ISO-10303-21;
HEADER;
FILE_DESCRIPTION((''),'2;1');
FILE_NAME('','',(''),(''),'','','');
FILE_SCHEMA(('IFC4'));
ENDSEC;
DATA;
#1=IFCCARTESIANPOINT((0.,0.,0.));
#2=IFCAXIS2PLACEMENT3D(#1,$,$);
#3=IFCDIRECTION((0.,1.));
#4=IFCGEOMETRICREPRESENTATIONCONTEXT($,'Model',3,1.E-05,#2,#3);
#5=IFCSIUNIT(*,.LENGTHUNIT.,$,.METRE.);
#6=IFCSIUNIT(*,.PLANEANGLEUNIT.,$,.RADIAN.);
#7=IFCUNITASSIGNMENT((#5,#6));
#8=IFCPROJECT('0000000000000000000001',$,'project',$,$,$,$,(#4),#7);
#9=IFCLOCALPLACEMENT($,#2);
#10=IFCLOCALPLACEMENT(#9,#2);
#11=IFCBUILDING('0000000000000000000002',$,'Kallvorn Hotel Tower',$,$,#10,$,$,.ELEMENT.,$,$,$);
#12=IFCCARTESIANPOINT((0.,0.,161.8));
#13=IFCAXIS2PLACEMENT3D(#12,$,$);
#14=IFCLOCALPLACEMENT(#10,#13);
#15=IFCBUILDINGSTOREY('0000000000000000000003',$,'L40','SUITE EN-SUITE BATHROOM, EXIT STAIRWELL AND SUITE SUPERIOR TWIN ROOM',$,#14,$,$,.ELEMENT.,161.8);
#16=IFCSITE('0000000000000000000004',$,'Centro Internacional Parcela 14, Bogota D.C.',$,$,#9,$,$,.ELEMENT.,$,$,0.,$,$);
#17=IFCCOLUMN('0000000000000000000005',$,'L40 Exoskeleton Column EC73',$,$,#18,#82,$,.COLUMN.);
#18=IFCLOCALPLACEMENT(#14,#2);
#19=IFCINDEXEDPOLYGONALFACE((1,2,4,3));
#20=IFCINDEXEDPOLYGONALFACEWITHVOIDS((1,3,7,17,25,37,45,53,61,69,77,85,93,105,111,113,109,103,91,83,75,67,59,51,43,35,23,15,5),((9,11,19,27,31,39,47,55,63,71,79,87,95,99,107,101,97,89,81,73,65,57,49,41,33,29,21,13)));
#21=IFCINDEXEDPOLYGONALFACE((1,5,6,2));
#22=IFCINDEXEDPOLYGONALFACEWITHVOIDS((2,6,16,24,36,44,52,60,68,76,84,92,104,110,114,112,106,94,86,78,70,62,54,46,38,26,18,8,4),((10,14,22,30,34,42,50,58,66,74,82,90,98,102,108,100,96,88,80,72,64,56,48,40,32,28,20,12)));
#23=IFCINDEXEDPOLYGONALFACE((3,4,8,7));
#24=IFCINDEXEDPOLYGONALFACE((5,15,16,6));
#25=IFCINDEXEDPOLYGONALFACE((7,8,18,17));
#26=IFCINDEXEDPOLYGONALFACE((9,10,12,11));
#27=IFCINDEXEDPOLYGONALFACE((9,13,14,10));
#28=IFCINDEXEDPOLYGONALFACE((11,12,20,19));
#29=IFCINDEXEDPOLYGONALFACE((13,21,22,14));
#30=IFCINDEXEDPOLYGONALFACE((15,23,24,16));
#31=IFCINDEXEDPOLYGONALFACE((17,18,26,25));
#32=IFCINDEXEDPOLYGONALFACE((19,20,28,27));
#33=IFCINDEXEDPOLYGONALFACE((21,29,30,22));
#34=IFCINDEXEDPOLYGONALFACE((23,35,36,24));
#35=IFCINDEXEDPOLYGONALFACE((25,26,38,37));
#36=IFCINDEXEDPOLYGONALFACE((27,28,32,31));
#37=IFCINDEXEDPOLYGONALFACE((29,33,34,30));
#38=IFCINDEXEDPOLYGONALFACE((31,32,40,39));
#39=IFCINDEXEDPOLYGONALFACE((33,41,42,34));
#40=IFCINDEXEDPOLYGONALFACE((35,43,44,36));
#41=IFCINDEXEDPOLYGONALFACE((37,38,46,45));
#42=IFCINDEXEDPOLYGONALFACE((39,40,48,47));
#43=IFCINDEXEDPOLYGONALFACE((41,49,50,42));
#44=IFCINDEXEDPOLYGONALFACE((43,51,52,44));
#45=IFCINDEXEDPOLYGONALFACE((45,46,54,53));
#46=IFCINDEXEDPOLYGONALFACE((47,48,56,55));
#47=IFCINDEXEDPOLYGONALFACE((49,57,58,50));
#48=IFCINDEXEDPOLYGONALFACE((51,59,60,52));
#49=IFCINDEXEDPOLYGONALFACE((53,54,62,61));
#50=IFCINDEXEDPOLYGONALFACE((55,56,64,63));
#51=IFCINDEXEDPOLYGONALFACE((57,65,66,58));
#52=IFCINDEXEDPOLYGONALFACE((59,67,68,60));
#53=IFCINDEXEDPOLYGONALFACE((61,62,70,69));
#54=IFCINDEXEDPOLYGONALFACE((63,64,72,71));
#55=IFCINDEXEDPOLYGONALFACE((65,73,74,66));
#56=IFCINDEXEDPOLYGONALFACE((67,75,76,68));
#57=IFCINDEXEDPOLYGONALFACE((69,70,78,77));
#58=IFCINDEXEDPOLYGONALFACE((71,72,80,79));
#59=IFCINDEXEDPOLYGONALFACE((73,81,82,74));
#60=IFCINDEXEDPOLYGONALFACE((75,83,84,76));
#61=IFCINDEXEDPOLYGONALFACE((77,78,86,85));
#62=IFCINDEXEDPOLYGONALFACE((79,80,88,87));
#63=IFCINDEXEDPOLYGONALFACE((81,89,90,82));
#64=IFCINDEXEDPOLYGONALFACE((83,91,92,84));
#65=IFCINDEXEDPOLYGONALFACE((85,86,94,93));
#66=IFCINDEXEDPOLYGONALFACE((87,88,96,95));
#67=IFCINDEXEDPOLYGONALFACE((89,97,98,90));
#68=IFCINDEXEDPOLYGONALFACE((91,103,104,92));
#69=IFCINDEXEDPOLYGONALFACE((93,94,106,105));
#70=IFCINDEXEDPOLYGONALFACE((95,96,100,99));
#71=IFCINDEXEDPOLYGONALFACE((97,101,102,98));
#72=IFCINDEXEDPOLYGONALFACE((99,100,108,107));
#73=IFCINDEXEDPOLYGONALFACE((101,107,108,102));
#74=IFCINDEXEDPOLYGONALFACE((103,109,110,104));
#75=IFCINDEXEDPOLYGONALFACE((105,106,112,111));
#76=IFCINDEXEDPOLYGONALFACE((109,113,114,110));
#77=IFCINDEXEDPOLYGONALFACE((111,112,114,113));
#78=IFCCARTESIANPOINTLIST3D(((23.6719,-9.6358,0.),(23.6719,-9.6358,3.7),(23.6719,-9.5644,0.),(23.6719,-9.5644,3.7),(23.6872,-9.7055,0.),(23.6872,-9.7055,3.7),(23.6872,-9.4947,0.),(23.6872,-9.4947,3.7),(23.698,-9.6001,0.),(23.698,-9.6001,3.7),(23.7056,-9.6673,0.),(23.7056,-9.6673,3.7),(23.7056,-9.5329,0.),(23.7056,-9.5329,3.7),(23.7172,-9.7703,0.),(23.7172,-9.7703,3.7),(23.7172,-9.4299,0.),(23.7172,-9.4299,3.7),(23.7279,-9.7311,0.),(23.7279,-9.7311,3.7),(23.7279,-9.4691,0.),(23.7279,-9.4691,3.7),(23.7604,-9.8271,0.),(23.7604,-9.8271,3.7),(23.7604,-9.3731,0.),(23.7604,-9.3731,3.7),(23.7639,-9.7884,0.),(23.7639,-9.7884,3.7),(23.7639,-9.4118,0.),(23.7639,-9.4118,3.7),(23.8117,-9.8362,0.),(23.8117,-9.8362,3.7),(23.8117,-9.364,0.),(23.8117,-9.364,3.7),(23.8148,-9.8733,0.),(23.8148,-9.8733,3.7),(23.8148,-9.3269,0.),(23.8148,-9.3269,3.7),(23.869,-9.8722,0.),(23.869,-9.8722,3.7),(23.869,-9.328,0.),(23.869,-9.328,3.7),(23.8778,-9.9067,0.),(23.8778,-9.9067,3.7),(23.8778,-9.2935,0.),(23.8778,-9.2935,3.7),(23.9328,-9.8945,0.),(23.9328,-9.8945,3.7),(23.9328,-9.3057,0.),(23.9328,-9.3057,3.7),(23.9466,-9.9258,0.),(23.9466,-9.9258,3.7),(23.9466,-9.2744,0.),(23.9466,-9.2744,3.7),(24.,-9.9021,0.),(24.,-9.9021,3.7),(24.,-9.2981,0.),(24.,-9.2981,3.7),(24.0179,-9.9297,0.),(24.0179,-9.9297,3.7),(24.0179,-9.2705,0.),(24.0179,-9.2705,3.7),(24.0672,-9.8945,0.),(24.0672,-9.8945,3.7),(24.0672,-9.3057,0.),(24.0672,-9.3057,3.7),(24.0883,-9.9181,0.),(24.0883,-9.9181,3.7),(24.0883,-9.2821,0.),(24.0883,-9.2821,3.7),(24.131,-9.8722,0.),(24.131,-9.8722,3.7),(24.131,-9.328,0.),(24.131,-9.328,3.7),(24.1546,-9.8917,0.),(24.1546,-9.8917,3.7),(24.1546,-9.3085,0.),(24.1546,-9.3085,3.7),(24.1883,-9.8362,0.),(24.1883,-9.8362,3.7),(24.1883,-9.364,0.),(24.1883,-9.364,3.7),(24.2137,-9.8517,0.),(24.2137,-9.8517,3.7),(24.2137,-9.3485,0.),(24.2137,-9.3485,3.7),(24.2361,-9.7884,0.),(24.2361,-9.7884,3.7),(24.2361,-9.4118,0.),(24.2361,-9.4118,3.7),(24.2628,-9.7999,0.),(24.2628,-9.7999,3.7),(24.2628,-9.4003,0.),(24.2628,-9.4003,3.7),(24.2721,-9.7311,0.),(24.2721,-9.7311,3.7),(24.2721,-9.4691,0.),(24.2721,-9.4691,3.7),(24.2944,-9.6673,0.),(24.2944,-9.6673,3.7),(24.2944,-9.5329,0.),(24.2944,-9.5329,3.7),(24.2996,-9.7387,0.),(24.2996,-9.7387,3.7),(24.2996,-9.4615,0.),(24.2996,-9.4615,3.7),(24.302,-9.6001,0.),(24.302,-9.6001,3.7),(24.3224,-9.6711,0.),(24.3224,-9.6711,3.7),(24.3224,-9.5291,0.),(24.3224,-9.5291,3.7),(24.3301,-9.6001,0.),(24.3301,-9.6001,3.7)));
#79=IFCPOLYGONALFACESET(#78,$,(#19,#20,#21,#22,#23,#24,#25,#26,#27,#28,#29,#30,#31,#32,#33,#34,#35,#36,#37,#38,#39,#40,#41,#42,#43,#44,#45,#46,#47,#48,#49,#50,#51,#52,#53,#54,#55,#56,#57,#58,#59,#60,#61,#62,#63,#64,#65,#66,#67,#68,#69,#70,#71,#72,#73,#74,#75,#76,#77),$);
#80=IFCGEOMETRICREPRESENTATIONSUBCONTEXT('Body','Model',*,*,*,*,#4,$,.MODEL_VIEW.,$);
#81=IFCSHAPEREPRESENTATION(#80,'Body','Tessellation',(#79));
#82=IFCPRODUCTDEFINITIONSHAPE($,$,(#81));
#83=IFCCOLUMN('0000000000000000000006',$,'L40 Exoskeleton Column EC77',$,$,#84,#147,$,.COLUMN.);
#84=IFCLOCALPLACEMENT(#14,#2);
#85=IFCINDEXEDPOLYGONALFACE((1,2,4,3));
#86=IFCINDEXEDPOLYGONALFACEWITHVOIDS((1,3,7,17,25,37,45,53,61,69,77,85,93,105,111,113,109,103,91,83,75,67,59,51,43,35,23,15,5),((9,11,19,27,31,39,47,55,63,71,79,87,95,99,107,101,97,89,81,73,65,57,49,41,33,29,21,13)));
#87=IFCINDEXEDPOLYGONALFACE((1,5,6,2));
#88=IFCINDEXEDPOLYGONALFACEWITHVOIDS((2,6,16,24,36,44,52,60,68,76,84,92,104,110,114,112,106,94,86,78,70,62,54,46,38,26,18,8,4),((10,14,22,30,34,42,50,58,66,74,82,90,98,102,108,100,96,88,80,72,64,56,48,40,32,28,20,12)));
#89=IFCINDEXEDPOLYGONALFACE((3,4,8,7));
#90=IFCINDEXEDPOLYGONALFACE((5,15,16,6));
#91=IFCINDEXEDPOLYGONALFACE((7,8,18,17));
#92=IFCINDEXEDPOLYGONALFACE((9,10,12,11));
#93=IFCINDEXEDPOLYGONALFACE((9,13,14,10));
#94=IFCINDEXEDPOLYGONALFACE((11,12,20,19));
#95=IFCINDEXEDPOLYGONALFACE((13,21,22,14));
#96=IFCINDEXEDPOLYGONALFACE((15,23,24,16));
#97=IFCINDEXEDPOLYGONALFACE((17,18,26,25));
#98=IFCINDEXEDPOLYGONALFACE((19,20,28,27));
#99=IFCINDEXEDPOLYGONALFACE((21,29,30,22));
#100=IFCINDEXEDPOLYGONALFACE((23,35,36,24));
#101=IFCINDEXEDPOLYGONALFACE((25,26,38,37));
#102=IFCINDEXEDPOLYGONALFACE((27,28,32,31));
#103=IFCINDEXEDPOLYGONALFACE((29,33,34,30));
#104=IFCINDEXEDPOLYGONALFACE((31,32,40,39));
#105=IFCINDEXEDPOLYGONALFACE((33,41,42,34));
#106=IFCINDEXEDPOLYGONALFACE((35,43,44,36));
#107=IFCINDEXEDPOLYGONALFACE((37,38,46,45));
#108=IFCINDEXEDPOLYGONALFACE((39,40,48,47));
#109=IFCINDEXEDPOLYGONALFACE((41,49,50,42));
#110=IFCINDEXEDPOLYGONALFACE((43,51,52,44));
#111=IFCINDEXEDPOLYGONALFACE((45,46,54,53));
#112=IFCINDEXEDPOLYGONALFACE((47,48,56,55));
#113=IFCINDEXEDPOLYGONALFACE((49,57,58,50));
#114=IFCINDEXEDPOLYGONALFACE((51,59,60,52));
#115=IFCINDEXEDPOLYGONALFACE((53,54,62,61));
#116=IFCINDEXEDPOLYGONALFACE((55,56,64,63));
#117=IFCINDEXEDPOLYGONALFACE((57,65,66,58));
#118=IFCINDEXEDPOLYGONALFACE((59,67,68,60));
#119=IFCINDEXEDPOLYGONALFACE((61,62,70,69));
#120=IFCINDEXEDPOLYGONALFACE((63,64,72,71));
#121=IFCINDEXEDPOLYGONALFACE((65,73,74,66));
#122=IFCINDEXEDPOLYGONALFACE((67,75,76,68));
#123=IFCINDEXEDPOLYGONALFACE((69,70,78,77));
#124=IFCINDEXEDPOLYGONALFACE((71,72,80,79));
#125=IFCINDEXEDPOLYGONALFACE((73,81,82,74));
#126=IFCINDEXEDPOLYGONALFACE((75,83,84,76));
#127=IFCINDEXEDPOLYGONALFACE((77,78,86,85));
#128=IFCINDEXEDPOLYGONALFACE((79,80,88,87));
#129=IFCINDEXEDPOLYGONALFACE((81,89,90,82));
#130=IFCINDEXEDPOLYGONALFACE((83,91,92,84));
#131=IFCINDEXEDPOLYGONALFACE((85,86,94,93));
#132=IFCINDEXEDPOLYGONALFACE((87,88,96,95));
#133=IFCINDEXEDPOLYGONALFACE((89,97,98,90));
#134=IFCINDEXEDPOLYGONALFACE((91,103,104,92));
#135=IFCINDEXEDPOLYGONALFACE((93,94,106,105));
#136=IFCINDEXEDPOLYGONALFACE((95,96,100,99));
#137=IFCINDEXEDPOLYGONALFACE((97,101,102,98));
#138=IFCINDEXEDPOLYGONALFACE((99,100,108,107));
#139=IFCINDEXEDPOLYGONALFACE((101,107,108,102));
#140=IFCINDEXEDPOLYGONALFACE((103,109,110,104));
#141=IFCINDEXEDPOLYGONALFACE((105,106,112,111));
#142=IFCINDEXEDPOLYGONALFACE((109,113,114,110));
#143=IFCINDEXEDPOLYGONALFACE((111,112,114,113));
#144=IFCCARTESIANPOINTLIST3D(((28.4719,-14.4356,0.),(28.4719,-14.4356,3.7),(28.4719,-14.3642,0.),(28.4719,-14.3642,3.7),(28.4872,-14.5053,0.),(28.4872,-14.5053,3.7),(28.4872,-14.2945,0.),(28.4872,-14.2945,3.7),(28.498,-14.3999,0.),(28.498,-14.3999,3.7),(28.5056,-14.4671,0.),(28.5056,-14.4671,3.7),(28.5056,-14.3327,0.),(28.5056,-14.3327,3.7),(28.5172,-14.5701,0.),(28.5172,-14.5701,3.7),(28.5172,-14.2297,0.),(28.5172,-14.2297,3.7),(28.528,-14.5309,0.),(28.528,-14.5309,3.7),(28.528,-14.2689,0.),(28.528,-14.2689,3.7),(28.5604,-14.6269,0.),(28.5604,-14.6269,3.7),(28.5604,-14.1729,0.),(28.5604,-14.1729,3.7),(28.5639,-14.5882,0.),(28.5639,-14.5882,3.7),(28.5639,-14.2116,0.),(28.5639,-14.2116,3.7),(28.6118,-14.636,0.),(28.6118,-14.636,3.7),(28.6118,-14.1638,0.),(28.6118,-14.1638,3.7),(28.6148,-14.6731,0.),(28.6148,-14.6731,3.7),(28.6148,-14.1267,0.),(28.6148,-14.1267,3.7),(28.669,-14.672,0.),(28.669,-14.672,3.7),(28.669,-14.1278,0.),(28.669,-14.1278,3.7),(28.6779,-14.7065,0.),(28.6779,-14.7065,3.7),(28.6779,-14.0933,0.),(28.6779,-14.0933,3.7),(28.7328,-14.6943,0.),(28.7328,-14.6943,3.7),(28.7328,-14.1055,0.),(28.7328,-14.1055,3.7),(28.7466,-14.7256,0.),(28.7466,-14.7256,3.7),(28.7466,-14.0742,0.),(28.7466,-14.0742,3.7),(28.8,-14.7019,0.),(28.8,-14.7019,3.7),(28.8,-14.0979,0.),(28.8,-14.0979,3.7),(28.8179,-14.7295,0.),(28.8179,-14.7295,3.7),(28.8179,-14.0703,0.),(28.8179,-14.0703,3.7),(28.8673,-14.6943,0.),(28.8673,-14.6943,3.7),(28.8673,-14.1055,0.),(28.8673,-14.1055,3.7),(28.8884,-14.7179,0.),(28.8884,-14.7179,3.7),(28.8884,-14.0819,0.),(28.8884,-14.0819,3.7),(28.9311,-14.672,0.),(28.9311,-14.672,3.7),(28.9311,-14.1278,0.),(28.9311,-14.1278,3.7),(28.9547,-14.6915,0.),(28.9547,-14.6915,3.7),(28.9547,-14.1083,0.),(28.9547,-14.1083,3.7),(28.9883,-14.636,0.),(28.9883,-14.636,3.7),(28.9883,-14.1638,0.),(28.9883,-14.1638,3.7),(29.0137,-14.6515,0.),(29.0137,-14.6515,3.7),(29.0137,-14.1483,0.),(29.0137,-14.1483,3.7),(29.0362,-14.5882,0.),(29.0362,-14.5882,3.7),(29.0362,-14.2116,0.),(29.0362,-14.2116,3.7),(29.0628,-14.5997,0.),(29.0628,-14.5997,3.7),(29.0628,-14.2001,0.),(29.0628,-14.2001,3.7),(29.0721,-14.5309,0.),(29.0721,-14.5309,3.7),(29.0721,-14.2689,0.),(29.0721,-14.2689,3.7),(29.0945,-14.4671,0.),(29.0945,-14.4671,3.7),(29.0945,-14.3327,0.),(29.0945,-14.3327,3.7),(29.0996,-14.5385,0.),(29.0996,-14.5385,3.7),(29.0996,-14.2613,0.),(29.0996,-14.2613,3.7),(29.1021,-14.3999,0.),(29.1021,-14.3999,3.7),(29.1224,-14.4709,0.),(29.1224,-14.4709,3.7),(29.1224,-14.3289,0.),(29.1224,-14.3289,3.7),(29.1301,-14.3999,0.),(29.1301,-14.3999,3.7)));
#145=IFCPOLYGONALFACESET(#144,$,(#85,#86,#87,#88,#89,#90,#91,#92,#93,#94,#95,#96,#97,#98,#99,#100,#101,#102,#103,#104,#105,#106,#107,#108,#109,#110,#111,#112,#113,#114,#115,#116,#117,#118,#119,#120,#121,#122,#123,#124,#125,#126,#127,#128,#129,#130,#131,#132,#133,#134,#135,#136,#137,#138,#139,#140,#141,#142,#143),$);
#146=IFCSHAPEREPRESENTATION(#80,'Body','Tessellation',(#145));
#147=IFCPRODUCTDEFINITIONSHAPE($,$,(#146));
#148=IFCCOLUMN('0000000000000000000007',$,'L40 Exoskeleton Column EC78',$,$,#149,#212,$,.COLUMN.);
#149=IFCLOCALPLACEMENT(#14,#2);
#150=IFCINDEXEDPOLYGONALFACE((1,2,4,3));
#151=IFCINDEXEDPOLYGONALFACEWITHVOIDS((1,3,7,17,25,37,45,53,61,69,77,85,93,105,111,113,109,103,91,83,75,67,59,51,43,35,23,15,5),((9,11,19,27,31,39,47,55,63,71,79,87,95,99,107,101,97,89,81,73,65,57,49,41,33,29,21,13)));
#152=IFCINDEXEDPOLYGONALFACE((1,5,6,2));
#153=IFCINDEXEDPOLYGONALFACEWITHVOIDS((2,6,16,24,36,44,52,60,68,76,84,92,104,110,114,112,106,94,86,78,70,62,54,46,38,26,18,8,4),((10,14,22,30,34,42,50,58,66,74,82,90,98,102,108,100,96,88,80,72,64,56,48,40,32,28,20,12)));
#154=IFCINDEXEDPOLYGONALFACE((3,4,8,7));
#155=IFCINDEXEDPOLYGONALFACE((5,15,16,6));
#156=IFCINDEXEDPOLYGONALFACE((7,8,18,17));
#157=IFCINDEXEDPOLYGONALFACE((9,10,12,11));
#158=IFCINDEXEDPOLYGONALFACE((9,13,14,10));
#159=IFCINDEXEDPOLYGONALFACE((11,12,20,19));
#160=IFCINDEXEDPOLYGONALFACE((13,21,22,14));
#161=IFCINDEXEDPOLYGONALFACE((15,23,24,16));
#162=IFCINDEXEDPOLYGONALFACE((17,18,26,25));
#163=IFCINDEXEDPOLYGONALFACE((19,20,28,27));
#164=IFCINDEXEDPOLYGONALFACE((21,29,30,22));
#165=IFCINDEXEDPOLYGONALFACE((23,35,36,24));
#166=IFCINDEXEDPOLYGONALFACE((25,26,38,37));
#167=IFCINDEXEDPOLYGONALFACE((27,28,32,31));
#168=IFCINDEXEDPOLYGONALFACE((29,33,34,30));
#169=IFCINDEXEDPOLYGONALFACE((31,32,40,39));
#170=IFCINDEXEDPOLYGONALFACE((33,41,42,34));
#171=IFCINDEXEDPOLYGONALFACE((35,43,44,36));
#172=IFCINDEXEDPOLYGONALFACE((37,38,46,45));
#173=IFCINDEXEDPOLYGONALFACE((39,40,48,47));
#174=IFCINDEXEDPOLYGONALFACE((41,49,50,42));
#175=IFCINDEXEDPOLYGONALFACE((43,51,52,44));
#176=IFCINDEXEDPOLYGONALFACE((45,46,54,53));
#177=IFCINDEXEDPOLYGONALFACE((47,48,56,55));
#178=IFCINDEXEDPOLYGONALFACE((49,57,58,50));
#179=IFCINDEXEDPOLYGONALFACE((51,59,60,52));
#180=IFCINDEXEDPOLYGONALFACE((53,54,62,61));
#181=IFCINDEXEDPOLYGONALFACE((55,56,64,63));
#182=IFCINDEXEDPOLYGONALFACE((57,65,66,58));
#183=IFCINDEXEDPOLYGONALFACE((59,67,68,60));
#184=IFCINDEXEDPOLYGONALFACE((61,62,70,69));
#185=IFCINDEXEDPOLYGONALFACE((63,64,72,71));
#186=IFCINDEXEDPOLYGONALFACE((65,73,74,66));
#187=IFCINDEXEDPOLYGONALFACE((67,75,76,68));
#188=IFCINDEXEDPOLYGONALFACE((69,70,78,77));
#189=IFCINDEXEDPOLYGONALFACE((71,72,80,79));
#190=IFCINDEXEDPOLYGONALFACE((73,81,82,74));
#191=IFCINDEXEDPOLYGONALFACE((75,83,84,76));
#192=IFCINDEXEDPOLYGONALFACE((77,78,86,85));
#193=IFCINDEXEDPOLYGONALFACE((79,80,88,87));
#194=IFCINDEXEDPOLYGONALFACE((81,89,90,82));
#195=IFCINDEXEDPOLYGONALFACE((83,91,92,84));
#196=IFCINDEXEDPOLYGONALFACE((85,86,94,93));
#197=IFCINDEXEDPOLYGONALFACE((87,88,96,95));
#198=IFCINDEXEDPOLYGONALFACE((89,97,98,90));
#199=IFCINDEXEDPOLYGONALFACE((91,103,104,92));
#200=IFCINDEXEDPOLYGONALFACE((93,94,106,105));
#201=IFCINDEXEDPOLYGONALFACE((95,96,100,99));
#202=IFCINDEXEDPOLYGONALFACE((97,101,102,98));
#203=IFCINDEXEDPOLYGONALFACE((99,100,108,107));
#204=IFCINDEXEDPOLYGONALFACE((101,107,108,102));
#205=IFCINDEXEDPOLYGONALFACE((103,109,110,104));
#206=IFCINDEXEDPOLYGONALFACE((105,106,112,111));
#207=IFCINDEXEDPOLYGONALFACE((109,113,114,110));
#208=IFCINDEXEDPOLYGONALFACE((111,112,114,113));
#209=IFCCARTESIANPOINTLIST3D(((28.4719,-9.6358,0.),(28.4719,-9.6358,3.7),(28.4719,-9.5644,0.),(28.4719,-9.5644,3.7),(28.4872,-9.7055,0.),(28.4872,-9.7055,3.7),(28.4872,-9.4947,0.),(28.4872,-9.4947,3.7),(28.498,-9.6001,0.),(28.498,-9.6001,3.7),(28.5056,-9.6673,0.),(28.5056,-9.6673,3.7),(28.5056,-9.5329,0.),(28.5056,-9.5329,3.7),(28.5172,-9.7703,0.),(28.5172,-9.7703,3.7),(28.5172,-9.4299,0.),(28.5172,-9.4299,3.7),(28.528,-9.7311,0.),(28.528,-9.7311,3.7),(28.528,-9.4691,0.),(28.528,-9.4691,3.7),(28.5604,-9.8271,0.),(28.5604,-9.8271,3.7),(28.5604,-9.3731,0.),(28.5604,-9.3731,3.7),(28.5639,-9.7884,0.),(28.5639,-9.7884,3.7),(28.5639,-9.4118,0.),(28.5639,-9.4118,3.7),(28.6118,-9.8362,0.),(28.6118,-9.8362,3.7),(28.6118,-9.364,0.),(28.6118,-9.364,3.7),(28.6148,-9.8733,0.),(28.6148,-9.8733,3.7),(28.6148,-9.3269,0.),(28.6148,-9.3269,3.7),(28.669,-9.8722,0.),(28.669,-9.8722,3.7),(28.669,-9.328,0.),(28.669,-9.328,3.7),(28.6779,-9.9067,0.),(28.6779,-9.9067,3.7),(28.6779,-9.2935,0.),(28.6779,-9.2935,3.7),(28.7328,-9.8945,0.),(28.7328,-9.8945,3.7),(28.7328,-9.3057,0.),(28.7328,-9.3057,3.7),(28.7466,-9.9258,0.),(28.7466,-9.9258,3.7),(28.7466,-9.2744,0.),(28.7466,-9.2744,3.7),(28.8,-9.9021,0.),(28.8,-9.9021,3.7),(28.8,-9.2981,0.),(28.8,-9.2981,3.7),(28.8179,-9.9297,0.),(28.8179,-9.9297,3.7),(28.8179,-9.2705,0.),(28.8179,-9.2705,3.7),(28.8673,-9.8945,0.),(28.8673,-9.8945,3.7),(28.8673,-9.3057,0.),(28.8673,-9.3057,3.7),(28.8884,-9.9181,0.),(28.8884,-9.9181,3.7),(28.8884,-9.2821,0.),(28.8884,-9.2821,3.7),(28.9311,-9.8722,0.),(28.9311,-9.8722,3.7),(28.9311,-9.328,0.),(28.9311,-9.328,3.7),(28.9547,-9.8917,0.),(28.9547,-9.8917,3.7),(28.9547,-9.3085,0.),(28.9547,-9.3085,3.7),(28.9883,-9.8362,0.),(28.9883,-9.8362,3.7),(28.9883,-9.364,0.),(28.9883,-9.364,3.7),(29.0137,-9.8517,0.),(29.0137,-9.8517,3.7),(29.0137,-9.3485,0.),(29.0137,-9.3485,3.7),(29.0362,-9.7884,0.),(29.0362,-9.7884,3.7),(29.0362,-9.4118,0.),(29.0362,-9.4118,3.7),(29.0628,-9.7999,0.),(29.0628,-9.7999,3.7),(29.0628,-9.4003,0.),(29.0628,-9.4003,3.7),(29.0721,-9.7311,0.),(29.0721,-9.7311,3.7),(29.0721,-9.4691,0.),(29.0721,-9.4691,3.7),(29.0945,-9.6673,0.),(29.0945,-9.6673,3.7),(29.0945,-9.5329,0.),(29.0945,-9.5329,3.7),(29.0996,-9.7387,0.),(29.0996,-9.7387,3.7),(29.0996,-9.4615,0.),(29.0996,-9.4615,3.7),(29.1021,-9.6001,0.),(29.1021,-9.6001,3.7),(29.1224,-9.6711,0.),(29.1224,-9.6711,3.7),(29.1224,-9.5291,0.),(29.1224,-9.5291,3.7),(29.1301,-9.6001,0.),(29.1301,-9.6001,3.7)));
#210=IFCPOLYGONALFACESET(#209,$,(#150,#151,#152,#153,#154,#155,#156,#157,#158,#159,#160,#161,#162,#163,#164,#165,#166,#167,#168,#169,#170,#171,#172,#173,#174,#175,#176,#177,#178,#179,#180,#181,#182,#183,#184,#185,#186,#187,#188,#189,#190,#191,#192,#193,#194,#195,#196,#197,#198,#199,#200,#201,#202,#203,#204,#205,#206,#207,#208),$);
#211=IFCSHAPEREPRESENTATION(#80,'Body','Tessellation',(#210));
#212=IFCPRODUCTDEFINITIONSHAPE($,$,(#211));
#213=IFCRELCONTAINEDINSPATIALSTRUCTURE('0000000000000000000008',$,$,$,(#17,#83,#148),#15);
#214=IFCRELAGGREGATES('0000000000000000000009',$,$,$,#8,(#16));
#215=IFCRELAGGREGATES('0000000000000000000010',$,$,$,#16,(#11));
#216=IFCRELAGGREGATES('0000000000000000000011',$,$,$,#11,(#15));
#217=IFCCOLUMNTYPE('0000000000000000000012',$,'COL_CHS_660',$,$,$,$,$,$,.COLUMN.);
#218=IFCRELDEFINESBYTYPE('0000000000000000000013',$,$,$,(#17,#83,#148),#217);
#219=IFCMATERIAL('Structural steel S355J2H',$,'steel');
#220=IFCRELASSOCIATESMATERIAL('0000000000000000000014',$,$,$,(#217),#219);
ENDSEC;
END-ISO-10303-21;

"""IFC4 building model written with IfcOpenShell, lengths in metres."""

from ifc_helpers import new_model, si_unit, direction, frame, origin, origin_2d, place, context, subcontext, project, spatial, hollow_circle, extrude, material, material_profile, profile_set, type_object, element, save


model = new_model("IFC4")

# Units and contexts
model_context = context("Model", 3, precision=1e-05, world=origin(), true_north=direction((0.0, 1.0)))
body_context = subcontext(model_context, "Body", "Model", "MODEL_VIEW")
ifc_project = project(units=[si_unit("LENGTHUNIT", "METRE"), si_unit("PLANEANGLEUNIT", "RADIAN")], contexts=[model_context])

# Site, building, storey
site_placement = place(None, origin())
site = spatial("IfcSite", under=ifc_project, at=site_placement, Name="Centro Internacional Parcela 14, Bogota D.C.", CompositionType="ELEMENT", RefElevation=0.0)
building_placement = place(site_placement, origin())
building = spatial("IfcBuilding", under=site, at=building_placement, Name="Kallvorn Hotel Tower", CompositionType="ELEMENT")
storey_placement = place(building_placement, frame((0.0, 0.0, 161.8)))
storey = spatial("IfcBuildingStorey", under=building, at=storey_placement, Name="L40", Description="SUITE EN-SUITE BATHROOM, EXIT STAIRWELL AND SUITE SUPERIOR TWIN ROOM", CompositionType="ELEMENT", Elevation=161.8)

# Columns
ifc_material_1 = material(Name="Structural steel S355J2H", Category="steel")
ifc_material_profile_1 = material_profile(ifc_material_1, hollow_circle(Radius=0.3301, WallThickness=0.0281, at=origin_2d()), Name="CHS 660x28")
ifc_profile_set_1 = profile_set([ifc_material_profile_1], Name="Structural steel S355J2H")
column_type_1 = type_object("IfcColumnType", Name="COL_CHS_660", PredefinedType="COLUMN", material=ifc_profile_set_1)
for number, where, z_axis, x_axis, name in (
    (1, (24.0, -9.6001, 0.0), (0.0, 0.0, 1.0), (1.0, 0.0, 0.0), "L40 Exoskeleton Column EC73"),
    (2, (28.8, -14.3999, 0.0), (0.0, 0.0, 1.0), (1.0, 0.0, 0.0), "L40 Exoskeleton Column EC77"),
    (3, (28.8, -9.6001, 0.0), (0.0, 0.0, 1.0), (1.0, 0.0, 0.0), "L40 Exoskeleton Column EC78"),
):
    element("IfcColumn", number, at=place(storey_placement, frame(where, z_axis=z_axis, x_axis=x_axis)), inside=storey, type_object=column_type_1, Name=name, PredefinedType="COLUMN", context=body_context, shape_type="SweptSolid", body=[
        extrude(hollow_circle(Radius=0.3301, WallThickness=0.0281, at=origin_2d()), origin(), (0.0, 0.0, 1.0), 3.7),
    ])

save(model, "model.ifc")
